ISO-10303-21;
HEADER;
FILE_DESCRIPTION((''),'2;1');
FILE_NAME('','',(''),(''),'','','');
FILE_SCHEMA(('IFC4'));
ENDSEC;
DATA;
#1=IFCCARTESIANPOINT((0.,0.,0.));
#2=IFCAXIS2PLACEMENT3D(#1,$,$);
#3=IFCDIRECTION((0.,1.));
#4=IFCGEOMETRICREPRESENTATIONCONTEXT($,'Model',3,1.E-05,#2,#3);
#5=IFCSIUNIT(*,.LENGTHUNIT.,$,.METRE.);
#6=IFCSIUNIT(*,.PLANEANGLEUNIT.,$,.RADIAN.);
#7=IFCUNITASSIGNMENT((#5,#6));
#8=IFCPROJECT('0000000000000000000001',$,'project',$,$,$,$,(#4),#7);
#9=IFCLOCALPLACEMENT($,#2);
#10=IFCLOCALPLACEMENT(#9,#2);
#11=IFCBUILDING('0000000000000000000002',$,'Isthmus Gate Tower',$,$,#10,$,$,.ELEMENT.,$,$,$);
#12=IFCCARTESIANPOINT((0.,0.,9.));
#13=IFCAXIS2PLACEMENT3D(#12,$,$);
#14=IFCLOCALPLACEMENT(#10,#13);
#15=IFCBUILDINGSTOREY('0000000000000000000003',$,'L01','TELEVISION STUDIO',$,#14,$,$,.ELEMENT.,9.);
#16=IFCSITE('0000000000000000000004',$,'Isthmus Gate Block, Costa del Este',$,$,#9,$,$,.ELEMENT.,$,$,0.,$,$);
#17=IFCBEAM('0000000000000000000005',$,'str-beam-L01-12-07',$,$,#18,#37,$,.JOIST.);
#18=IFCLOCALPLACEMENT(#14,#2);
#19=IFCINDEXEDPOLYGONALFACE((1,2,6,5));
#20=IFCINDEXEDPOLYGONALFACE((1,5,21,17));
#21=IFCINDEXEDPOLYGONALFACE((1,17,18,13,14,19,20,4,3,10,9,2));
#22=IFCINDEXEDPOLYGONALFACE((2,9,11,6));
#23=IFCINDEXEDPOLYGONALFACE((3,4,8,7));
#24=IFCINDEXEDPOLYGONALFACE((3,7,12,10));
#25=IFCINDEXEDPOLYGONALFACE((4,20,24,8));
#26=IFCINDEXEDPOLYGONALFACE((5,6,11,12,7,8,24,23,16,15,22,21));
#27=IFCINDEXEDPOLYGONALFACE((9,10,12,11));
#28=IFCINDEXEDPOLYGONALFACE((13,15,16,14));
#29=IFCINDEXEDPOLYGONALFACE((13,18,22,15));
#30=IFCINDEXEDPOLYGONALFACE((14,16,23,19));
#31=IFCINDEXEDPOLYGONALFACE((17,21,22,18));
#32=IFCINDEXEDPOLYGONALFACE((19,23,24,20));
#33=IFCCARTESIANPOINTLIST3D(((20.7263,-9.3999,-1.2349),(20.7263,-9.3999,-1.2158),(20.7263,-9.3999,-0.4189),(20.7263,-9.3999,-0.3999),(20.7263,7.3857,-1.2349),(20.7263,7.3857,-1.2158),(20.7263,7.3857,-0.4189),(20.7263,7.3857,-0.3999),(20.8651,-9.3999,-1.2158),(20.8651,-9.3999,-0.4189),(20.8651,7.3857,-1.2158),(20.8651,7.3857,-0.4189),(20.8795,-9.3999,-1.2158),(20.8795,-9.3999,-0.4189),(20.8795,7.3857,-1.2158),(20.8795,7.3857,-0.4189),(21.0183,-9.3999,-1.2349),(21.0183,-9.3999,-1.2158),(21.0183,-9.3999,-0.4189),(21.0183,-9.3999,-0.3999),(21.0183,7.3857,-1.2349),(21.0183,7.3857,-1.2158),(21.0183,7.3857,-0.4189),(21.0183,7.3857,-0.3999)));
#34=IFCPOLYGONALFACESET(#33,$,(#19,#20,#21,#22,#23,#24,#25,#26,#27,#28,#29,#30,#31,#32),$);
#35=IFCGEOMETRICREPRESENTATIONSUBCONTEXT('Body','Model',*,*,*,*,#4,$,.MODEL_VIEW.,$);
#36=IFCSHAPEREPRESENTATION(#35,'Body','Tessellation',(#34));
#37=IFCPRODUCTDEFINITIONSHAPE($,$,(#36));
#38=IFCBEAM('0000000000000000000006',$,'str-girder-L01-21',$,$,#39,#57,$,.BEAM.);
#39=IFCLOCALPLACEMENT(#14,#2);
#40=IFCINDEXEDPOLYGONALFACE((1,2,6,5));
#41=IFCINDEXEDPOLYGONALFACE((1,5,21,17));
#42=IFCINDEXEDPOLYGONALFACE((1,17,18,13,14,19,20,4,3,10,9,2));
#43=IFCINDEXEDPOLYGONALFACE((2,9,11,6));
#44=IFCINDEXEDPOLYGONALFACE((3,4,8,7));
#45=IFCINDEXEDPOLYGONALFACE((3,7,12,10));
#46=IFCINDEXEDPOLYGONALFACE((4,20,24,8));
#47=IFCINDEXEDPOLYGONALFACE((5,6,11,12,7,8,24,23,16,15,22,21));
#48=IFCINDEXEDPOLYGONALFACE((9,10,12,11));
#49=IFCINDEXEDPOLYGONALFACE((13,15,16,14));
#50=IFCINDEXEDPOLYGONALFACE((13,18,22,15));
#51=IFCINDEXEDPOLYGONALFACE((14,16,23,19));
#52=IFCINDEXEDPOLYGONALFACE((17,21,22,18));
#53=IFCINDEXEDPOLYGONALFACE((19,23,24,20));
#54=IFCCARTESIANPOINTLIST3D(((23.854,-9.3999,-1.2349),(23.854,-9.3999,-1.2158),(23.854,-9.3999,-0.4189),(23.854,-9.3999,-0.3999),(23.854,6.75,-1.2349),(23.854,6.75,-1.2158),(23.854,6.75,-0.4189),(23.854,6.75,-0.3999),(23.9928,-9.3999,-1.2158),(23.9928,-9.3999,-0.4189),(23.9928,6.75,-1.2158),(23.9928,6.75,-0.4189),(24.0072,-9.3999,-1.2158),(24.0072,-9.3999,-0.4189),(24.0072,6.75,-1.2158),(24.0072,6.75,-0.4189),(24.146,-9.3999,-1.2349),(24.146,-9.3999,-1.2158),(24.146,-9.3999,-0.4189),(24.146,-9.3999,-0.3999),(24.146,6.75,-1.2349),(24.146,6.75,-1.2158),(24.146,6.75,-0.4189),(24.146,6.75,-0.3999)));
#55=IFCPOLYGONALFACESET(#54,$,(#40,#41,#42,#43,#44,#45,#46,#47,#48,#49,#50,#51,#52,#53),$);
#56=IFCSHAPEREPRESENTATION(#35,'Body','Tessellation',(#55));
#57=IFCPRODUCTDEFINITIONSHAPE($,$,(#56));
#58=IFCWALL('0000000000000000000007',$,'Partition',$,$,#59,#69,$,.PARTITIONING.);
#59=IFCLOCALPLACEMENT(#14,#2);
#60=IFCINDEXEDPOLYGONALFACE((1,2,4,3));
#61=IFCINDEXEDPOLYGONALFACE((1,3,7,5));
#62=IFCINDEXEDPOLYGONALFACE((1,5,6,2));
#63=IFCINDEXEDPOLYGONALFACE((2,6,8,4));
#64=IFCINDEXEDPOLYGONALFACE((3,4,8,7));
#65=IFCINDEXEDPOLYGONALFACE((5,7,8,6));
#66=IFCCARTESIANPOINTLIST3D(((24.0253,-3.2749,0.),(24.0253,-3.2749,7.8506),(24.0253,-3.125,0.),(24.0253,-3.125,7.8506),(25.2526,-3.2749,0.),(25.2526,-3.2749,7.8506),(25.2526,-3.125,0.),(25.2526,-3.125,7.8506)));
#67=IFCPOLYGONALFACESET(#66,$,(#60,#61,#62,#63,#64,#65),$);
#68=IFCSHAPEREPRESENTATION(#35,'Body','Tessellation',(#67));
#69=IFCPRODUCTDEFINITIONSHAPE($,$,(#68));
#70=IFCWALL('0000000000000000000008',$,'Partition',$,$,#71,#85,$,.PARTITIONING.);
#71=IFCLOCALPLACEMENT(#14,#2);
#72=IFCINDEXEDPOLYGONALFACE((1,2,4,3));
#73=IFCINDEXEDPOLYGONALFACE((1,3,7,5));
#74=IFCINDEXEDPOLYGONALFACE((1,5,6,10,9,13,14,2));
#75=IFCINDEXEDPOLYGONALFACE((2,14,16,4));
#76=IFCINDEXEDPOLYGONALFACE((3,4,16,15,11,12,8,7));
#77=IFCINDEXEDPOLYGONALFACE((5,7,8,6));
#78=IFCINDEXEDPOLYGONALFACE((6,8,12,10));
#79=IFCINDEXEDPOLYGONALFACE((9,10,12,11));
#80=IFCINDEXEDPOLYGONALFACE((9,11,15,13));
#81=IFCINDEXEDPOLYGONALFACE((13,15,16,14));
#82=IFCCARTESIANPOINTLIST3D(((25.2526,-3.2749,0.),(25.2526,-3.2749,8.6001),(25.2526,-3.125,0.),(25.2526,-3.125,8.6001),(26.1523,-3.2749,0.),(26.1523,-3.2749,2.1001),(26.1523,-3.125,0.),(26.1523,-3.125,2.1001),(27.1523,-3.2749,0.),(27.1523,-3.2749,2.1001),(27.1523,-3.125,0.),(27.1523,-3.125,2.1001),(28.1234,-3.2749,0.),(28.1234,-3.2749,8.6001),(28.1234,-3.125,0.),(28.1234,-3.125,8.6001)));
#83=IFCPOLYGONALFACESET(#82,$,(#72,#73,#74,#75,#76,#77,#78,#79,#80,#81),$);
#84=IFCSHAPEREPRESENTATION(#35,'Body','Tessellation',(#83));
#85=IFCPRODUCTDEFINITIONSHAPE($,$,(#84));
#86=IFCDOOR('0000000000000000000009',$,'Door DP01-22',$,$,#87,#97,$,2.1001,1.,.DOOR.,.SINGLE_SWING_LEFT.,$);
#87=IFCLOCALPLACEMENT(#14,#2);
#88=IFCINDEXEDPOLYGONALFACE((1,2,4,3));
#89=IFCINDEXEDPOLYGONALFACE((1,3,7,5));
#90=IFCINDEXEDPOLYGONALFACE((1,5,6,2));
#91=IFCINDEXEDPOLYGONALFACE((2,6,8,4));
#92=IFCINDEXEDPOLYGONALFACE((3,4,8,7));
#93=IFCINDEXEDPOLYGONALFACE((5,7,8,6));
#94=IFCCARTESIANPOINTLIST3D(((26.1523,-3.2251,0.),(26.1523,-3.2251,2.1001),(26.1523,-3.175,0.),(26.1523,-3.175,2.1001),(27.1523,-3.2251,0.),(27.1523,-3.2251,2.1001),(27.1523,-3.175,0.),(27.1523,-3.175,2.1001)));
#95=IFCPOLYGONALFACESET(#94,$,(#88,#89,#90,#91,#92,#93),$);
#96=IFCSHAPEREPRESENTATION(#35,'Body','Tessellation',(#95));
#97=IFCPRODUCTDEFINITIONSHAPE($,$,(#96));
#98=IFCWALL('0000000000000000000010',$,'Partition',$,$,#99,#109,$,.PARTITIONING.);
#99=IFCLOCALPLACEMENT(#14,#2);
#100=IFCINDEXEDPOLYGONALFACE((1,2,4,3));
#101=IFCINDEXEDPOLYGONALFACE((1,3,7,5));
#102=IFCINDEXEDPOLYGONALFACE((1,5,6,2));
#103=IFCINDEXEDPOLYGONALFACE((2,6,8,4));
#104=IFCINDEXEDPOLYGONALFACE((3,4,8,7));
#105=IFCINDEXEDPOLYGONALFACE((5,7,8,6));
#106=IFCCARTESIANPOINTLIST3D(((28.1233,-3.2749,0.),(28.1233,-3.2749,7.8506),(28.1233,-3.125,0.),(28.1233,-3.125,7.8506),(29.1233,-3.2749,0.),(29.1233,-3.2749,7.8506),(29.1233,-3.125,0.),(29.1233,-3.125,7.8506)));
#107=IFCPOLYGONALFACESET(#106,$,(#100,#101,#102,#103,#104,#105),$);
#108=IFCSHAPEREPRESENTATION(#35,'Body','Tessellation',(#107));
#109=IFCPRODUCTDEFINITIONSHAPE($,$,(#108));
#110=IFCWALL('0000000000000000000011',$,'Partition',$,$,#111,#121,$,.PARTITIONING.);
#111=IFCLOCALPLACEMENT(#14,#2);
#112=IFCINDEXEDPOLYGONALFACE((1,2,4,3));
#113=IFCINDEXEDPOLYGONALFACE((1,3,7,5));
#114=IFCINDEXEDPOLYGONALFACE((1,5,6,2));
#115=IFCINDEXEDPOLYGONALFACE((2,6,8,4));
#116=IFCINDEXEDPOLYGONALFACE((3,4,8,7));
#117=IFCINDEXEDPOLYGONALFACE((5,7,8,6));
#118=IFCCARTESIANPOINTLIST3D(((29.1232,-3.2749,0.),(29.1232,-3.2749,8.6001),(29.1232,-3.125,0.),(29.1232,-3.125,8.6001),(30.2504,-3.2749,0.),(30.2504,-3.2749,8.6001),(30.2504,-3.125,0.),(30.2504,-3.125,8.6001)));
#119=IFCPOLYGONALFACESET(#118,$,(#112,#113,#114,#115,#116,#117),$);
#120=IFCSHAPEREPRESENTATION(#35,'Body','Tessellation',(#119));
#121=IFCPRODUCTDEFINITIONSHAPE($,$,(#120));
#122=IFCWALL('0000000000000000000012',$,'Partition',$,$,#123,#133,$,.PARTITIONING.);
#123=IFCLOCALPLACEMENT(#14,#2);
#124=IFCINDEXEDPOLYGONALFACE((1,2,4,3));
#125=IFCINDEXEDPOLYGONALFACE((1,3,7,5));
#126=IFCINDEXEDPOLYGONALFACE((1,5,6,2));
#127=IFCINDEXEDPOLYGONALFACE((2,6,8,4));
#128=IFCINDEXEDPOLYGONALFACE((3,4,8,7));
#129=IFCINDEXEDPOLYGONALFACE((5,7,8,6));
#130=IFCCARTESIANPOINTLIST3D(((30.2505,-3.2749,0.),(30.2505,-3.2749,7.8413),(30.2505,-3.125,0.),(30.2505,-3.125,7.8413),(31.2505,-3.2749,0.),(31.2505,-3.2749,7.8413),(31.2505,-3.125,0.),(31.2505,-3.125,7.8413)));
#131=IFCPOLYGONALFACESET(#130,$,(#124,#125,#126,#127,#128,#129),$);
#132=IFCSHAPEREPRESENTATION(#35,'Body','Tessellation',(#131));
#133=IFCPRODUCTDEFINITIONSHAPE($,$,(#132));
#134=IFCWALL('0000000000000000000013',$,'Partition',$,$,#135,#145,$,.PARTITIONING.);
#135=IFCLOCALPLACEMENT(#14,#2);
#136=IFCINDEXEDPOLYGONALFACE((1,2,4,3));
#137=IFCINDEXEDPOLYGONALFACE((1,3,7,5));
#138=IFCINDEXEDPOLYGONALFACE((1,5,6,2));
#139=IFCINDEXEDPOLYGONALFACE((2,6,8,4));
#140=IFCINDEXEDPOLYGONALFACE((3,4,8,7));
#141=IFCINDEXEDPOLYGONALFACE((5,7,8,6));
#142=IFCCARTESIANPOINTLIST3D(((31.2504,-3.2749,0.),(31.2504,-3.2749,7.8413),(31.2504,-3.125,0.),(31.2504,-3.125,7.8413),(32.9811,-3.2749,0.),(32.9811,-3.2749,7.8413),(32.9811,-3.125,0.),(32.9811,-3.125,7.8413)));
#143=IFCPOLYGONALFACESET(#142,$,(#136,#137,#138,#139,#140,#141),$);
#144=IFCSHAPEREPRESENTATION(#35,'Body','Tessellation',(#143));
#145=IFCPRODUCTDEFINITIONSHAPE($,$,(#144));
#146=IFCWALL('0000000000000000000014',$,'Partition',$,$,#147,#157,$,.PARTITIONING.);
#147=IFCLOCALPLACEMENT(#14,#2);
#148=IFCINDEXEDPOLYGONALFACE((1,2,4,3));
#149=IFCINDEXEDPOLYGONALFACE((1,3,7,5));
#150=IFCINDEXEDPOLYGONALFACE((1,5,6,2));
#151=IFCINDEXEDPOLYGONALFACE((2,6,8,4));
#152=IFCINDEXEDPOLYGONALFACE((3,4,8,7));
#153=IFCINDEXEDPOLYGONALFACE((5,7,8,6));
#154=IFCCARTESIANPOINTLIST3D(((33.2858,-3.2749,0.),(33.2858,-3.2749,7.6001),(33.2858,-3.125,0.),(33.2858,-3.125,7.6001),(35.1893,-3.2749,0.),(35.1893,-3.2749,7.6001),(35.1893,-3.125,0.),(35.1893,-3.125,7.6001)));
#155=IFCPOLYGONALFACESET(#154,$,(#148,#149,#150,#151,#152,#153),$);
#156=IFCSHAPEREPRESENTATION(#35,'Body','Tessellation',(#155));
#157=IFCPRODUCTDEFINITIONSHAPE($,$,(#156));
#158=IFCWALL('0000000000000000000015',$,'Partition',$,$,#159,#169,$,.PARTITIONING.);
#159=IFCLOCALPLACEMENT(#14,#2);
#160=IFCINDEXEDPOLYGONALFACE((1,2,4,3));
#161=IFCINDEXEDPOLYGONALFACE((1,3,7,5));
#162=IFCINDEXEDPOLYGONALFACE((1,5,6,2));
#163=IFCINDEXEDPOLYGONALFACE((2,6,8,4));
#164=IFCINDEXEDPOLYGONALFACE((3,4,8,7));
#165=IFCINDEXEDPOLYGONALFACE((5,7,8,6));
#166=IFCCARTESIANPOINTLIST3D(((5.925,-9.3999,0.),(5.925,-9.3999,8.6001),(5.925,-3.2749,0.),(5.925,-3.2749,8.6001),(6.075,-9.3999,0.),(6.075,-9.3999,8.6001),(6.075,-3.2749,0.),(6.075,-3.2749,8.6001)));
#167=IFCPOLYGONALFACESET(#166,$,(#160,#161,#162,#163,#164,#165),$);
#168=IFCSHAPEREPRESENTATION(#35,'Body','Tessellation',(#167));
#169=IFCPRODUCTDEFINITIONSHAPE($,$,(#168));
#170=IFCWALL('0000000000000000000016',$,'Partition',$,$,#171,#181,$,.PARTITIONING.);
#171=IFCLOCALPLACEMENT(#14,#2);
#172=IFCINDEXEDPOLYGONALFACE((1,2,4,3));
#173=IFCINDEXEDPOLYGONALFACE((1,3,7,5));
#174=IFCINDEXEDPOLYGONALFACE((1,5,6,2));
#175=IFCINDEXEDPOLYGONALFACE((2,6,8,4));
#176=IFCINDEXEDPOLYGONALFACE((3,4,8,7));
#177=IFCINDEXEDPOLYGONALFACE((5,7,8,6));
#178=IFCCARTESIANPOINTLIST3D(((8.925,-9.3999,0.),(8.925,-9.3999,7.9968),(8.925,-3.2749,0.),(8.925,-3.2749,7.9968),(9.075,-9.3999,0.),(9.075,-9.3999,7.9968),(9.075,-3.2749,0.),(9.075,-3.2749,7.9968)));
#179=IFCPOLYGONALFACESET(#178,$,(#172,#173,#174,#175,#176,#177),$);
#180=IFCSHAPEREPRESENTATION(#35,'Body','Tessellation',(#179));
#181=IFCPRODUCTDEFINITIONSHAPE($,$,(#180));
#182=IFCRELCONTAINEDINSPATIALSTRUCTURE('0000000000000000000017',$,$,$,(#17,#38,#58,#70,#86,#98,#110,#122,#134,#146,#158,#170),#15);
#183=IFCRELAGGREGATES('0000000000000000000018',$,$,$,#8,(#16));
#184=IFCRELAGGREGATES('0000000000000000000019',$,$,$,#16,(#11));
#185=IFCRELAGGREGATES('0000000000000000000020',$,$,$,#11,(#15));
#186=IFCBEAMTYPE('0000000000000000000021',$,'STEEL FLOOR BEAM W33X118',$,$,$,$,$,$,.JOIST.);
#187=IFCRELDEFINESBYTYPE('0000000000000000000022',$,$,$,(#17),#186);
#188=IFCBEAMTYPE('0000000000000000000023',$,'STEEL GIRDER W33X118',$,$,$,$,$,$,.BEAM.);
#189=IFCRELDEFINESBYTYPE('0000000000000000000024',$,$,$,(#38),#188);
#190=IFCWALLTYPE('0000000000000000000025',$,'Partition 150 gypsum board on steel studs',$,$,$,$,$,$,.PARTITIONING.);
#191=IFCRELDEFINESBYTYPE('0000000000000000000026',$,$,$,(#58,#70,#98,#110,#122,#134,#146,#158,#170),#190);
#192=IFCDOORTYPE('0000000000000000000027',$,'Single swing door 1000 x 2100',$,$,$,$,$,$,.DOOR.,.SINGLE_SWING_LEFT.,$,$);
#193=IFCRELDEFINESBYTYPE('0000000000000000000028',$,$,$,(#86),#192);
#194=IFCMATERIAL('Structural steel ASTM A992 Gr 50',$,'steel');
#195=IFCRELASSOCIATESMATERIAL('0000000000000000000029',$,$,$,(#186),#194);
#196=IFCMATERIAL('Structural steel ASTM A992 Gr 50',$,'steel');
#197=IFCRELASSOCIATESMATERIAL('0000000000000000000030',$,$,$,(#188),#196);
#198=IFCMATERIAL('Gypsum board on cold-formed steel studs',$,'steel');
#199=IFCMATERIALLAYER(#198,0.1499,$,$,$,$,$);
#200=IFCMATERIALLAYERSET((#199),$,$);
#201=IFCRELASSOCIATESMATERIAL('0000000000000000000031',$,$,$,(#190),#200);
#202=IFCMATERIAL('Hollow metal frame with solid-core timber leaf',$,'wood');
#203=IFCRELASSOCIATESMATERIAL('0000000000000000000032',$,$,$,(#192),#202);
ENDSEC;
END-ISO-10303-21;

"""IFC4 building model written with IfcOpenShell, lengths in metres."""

from ifc_helpers import new_model, si_unit, direction, frame, frame_2d, origin, origin_2d, place, context, subcontext, project, spatial, rectangle, i_section, extrude, material, layer, layer_set, material_profile, profile_set, type_object, element, fill, save


model = new_model("IFC4")

# Units and contexts
model_context = context("Model", 3, precision=1e-05, world=origin(), true_north=direction((0.0, 1.0)))
body_context = subcontext(model_context, "Body", "Model", "MODEL_VIEW")
ifc_project = project(units=[si_unit("LENGTHUNIT", "METRE"), si_unit("PLANEANGLEUNIT", "RADIAN")], contexts=[model_context])

# Site, building, storey
site_placement = place(None, origin())
site = spatial("IfcSite", under=ifc_project, at=site_placement, Name="Isthmus Gate Block, Costa del Este", CompositionType="ELEMENT", RefElevation=0.0)
building_placement = place(site_placement, origin())
building = spatial("IfcBuilding", under=site, at=building_placement, Name="Isthmus Gate Tower", CompositionType="ELEMENT")
storey_placement = place(building_placement, frame((0.0, 0.0, 9.0)))
storey = spatial("IfcBuildingStorey", under=building, at=storey_placement, Name="L01", Description="TELEVISION STUDIO", CompositionType="ELEMENT", Elevation=9.0)

# Beams
ifc_material_1 = material(Name="Structural steel ASTM A992 Gr 50", Category="steel")
ifc_material_profile_1 = material_profile(ifc_material_1, i_section(OverallWidth=0.292, OverallDepth=0.835, WebThickness=0.0144, FlangeThickness=0.019, at=origin_2d()), Name="W33X118")
ifc_profile_set_1 = profile_set([ifc_material_profile_1], Name="Structural steel ASTM A992 Gr 50")
beam_type_1 = type_object("IfcBeamType", Name="STEEL FLOOR BEAM W33X118", PredefinedType="JOIST", material=ifc_profile_set_1)
beam_1_placement = place(storey_placement, frame((20.8723, -9.3999, -0.8174), z_axis=(0.0, 1.0, 0.0), x_axis=(-1.0, 0.0, 0.0)))
element("IfcBeam", 1, at=beam_1_placement, inside=storey, type_object=beam_type_1, Name="str-beam-L01-12-07", PredefinedType="JOIST", context=body_context, shape_type="SweptSolid", body=[
    extrude(i_section(OverallWidth=0.292, OverallDepth=0.835, WebThickness=0.0144, FlangeThickness=0.019, at=origin_2d()), origin(), (0.0, 0.0, 1.0), 16.7856),
])
ifc_material_2 = material(Name="Structural steel ASTM A992 Gr 50", Category="steel")
ifc_material_profile_2 = material_profile(ifc_material_2, i_section(OverallWidth=0.292, OverallDepth=0.835, WebThickness=0.0144, FlangeThickness=0.019, at=origin_2d()), Name="W33X118")
ifc_profile_set_2 = profile_set([ifc_material_profile_2], Name="Structural steel ASTM A992 Gr 50")
beam_type_2 = type_object("IfcBeamType", Name="STEEL GIRDER W33X118", PredefinedType="BEAM", material=ifc_profile_set_2)
beam_2_placement = place(storey_placement, frame((24.0, -9.3999, -0.8174), z_axis=(0.0, 1.0, 0.0), x_axis=(-1.0, 0.0, 0.0)))
element("IfcBeam", 2, at=beam_2_placement, inside=storey, type_object=beam_type_2, Name="str-girder-L01-21", PredefinedType="BEAM", context=body_context, shape_type="SweptSolid", body=[
    extrude(i_section(OverallWidth=0.292, OverallDepth=0.835, WebThickness=0.0144, FlangeThickness=0.019, at=origin_2d()), origin(), (0.0, 0.0, 1.0), 16.1499),
])

# Wall
ifc_material_3 = material(Name="Gypsum board on cold-formed steel studs", Category="steel")
ifc_layer = layer(ifc_material_3, 0.1499)
ifc_layer_set = layer_set([ifc_layer])
wall_type = type_object("IfcWallType", Name="Partition 150 gypsum board on steel studs", PredefinedType="PARTITIONING", material=ifc_layer_set)
wall_1_placement = place(storey_placement, frame((24.0251, -3.2, 0.0), z_axis=(0.0, 0.0, 1.0), x_axis=(1.0, 0.0, 0.0)))
element("IfcWall", 3, at=wall_1_placement, inside=storey, type_object=wall_type, Name="Partition", PredefinedType="PARTITIONING", context=body_context, shape_type="SweptSolid", body=[
    extrude(rectangle(XDim=1.2273, YDim=0.1499, at=frame_2d((0.6138, 0.0))), origin(), (0.0, 0.0, 1.0), 7.8506),
])

# Wall, opening, door
wall_2_placement = place(storey_placement, frame((25.2524, -3.2, 0.0), z_axis=(0.0, 0.0, 1.0), x_axis=(1.0, 0.0, 0.0)))
wall_2 = element("IfcWall", 4, at=wall_2_placement, inside=storey, type_object=wall_type, Name="Partition", PredefinedType="PARTITIONING", context=body_context, shape_type="SweptSolid", body=[
    extrude(rectangle(XDim=2.8708, YDim=0.1499, at=frame_2d((1.4355, 0.0))), origin(), (0.0, 0.0, 1.0), 8.6001),
])
opening_placement = place(wall_2_placement, frame((0.8999, 0.0, 0.0)))
opening = element("IfcOpeningElement", 5, at=opening_placement, cuts=wall_2, PredefinedType="OPENING", context=body_context, shape_type="SweptSolid", body=[
    extrude(rectangle(XDim=1.0, YDim=2.1001, at=frame_2d((0.5, 1.05))), frame((0.0, 0.085, 0.0), z_axis=(0.0, -1.0, 0.0), x_axis=(1.0, 0.0, 0.0)), (0.0, 0.0, 1.0), 0.1699),
])
ifc_material_4 = material(Name="Hollow metal frame with solid-core timber leaf", Category="wood")
door_type = type_object("IfcDoorType", Name="Single swing door 1000 x 2100", OperationType="SINGLE_SWING_LEFT", PredefinedType="DOOR", material=ifc_material_4)
door_placement = place(opening_placement, origin())
door = element("IfcDoor", 6, at=door_placement, inside=storey, type_object=door_type, Name="Door DP01-22", OperationType="SINGLE_SWING_LEFT", OverallHeight=2.1001, OverallWidth=1.0, PredefinedType="DOOR", context=body_context, shape_type="SweptSolid", body=[
    extrude(rectangle(XDim=1.0, YDim=2.1001, at=frame_2d((0.5, 1.05))), frame((0.0, 0.0249, 0.0), z_axis=(0.0, -1.0, 0.0), x_axis=(1.0, 0.0, 0.0)), (0.0, 0.0, 1.0), 0.05),
])
fill(opening, door)

# Walls
wall_3_placement = place(storey_placement, frame((28.1233, -3.2, 0.0), z_axis=(0.0, 0.0, 1.0), x_axis=(1.0, 0.0, 0.0)))
element("IfcWall", 7, at=wall_3_placement, inside=storey, type_object=wall_type, Name="Partition", PredefinedType="PARTITIONING", context=body_context, shape_type="SweptSolid", body=[
    extrude(rectangle(XDim=1.0, YDim=0.1499, at=frame_2d((0.5, 0.0))), origin(), (0.0, 0.0, 1.0), 7.8506),
])
wall_4_placement = place(storey_placement, frame((29.1233, -3.2, 0.0), z_axis=(0.0, 0.0, 1.0), x_axis=(1.0, 0.0, 0.0)))
element("IfcWall", 8, at=wall_4_placement, inside=storey, type_object=wall_type, Name="Partition", PredefinedType="PARTITIONING", context=body_context, shape_type="SweptSolid", body=[
    extrude(rectangle(XDim=1.1272, YDim=0.1499, at=frame_2d((0.5635, 0.0))), origin(), (0.0, 0.0, 1.0), 8.6001),
])
wall_5_placement = place(storey_placement, frame((30.2505, -3.2, 0.0), z_axis=(0.0, 0.0, 1.0), x_axis=(1.0, 0.0, 0.0)))
element("IfcWall", 9, at=wall_5_placement, inside=storey, type_object=wall_type, Name="Partition", PredefinedType="PARTITIONING", context=body_context, shape_type="SweptSolid", body=[
    extrude(rectangle(XDim=1.0, YDim=0.1499, at=frame_2d((0.5, 0.0))), origin(), (0.0, 0.0, 1.0), 7.8413),
])
wall_6_placement = place(storey_placement, frame((31.2505, -3.2, 0.0), z_axis=(0.0, 0.0, 1.0), x_axis=(1.0, 0.0, 0.0)))
element("IfcWall", 10, at=wall_6_placement, inside=storey, type_object=wall_type, Name="Partition", PredefinedType="PARTITIONING", context=body_context, shape_type="SweptSolid", body=[
    extrude(rectangle(XDim=1.7307, YDim=0.1499, at=frame_2d((0.8652, 0.0))), origin(), (0.0, 0.0, 1.0), 7.8413),
])
wall_7_placement = place(storey_placement, frame((33.2859, -3.2, 0.0), z_axis=(0.0, 0.0, 1.0), x_axis=(1.0, 0.0, 0.0)))
element("IfcWall", 11, at=wall_7_placement, inside=storey, type_object=wall_type, Name="Partition", PredefinedType="PARTITIONING", context=body_context, shape_type="SweptSolid", body=[
    extrude(rectangle(XDim=1.9036, YDim=0.1499, at=frame_2d((0.9517, 0.0))), origin(), (0.0, 0.0, 1.0), 7.6001),
])
wall_8_placement = place(storey_placement, frame((6.0, -9.3999, 0.0), z_axis=(0.0, 0.0, 1.0), x_axis=(0.0, 1.0, 0.0)))
element("IfcWall", 12, at=wall_8_placement, inside=storey, type_object=wall_type, Name="Partition", PredefinedType="PARTITIONING", context=body_context, shape_type="SweptSolid", body=[
    extrude(rectangle(XDim=6.125, YDim=0.1499, at=frame_2d((3.0625, 0.0))), origin(), (0.0, 0.0, 1.0), 8.6001),
])
for number, where, z_axis, x_axis, name in (
    (13, (9.0, -9.3999, 0.0), (0.0, 0.0, 1.0), (0.0, 1.0, 0.0), "Partition"),
):
    element("IfcWall", number, at=place(storey_placement, frame(where, z_axis=z_axis, x_axis=x_axis)), inside=storey, type_object=wall_type, Name=name, PredefinedType="PARTITIONING", context=body_context, shape_type="SweptSolid", body=[
        extrude(rectangle(XDim=6.125, YDim=0.1499, at=frame_2d((3.0625, 0.0))), origin(), (0.0, 0.0, 1.0), 7.9968),
    ])

save(model, "model.ifc")
